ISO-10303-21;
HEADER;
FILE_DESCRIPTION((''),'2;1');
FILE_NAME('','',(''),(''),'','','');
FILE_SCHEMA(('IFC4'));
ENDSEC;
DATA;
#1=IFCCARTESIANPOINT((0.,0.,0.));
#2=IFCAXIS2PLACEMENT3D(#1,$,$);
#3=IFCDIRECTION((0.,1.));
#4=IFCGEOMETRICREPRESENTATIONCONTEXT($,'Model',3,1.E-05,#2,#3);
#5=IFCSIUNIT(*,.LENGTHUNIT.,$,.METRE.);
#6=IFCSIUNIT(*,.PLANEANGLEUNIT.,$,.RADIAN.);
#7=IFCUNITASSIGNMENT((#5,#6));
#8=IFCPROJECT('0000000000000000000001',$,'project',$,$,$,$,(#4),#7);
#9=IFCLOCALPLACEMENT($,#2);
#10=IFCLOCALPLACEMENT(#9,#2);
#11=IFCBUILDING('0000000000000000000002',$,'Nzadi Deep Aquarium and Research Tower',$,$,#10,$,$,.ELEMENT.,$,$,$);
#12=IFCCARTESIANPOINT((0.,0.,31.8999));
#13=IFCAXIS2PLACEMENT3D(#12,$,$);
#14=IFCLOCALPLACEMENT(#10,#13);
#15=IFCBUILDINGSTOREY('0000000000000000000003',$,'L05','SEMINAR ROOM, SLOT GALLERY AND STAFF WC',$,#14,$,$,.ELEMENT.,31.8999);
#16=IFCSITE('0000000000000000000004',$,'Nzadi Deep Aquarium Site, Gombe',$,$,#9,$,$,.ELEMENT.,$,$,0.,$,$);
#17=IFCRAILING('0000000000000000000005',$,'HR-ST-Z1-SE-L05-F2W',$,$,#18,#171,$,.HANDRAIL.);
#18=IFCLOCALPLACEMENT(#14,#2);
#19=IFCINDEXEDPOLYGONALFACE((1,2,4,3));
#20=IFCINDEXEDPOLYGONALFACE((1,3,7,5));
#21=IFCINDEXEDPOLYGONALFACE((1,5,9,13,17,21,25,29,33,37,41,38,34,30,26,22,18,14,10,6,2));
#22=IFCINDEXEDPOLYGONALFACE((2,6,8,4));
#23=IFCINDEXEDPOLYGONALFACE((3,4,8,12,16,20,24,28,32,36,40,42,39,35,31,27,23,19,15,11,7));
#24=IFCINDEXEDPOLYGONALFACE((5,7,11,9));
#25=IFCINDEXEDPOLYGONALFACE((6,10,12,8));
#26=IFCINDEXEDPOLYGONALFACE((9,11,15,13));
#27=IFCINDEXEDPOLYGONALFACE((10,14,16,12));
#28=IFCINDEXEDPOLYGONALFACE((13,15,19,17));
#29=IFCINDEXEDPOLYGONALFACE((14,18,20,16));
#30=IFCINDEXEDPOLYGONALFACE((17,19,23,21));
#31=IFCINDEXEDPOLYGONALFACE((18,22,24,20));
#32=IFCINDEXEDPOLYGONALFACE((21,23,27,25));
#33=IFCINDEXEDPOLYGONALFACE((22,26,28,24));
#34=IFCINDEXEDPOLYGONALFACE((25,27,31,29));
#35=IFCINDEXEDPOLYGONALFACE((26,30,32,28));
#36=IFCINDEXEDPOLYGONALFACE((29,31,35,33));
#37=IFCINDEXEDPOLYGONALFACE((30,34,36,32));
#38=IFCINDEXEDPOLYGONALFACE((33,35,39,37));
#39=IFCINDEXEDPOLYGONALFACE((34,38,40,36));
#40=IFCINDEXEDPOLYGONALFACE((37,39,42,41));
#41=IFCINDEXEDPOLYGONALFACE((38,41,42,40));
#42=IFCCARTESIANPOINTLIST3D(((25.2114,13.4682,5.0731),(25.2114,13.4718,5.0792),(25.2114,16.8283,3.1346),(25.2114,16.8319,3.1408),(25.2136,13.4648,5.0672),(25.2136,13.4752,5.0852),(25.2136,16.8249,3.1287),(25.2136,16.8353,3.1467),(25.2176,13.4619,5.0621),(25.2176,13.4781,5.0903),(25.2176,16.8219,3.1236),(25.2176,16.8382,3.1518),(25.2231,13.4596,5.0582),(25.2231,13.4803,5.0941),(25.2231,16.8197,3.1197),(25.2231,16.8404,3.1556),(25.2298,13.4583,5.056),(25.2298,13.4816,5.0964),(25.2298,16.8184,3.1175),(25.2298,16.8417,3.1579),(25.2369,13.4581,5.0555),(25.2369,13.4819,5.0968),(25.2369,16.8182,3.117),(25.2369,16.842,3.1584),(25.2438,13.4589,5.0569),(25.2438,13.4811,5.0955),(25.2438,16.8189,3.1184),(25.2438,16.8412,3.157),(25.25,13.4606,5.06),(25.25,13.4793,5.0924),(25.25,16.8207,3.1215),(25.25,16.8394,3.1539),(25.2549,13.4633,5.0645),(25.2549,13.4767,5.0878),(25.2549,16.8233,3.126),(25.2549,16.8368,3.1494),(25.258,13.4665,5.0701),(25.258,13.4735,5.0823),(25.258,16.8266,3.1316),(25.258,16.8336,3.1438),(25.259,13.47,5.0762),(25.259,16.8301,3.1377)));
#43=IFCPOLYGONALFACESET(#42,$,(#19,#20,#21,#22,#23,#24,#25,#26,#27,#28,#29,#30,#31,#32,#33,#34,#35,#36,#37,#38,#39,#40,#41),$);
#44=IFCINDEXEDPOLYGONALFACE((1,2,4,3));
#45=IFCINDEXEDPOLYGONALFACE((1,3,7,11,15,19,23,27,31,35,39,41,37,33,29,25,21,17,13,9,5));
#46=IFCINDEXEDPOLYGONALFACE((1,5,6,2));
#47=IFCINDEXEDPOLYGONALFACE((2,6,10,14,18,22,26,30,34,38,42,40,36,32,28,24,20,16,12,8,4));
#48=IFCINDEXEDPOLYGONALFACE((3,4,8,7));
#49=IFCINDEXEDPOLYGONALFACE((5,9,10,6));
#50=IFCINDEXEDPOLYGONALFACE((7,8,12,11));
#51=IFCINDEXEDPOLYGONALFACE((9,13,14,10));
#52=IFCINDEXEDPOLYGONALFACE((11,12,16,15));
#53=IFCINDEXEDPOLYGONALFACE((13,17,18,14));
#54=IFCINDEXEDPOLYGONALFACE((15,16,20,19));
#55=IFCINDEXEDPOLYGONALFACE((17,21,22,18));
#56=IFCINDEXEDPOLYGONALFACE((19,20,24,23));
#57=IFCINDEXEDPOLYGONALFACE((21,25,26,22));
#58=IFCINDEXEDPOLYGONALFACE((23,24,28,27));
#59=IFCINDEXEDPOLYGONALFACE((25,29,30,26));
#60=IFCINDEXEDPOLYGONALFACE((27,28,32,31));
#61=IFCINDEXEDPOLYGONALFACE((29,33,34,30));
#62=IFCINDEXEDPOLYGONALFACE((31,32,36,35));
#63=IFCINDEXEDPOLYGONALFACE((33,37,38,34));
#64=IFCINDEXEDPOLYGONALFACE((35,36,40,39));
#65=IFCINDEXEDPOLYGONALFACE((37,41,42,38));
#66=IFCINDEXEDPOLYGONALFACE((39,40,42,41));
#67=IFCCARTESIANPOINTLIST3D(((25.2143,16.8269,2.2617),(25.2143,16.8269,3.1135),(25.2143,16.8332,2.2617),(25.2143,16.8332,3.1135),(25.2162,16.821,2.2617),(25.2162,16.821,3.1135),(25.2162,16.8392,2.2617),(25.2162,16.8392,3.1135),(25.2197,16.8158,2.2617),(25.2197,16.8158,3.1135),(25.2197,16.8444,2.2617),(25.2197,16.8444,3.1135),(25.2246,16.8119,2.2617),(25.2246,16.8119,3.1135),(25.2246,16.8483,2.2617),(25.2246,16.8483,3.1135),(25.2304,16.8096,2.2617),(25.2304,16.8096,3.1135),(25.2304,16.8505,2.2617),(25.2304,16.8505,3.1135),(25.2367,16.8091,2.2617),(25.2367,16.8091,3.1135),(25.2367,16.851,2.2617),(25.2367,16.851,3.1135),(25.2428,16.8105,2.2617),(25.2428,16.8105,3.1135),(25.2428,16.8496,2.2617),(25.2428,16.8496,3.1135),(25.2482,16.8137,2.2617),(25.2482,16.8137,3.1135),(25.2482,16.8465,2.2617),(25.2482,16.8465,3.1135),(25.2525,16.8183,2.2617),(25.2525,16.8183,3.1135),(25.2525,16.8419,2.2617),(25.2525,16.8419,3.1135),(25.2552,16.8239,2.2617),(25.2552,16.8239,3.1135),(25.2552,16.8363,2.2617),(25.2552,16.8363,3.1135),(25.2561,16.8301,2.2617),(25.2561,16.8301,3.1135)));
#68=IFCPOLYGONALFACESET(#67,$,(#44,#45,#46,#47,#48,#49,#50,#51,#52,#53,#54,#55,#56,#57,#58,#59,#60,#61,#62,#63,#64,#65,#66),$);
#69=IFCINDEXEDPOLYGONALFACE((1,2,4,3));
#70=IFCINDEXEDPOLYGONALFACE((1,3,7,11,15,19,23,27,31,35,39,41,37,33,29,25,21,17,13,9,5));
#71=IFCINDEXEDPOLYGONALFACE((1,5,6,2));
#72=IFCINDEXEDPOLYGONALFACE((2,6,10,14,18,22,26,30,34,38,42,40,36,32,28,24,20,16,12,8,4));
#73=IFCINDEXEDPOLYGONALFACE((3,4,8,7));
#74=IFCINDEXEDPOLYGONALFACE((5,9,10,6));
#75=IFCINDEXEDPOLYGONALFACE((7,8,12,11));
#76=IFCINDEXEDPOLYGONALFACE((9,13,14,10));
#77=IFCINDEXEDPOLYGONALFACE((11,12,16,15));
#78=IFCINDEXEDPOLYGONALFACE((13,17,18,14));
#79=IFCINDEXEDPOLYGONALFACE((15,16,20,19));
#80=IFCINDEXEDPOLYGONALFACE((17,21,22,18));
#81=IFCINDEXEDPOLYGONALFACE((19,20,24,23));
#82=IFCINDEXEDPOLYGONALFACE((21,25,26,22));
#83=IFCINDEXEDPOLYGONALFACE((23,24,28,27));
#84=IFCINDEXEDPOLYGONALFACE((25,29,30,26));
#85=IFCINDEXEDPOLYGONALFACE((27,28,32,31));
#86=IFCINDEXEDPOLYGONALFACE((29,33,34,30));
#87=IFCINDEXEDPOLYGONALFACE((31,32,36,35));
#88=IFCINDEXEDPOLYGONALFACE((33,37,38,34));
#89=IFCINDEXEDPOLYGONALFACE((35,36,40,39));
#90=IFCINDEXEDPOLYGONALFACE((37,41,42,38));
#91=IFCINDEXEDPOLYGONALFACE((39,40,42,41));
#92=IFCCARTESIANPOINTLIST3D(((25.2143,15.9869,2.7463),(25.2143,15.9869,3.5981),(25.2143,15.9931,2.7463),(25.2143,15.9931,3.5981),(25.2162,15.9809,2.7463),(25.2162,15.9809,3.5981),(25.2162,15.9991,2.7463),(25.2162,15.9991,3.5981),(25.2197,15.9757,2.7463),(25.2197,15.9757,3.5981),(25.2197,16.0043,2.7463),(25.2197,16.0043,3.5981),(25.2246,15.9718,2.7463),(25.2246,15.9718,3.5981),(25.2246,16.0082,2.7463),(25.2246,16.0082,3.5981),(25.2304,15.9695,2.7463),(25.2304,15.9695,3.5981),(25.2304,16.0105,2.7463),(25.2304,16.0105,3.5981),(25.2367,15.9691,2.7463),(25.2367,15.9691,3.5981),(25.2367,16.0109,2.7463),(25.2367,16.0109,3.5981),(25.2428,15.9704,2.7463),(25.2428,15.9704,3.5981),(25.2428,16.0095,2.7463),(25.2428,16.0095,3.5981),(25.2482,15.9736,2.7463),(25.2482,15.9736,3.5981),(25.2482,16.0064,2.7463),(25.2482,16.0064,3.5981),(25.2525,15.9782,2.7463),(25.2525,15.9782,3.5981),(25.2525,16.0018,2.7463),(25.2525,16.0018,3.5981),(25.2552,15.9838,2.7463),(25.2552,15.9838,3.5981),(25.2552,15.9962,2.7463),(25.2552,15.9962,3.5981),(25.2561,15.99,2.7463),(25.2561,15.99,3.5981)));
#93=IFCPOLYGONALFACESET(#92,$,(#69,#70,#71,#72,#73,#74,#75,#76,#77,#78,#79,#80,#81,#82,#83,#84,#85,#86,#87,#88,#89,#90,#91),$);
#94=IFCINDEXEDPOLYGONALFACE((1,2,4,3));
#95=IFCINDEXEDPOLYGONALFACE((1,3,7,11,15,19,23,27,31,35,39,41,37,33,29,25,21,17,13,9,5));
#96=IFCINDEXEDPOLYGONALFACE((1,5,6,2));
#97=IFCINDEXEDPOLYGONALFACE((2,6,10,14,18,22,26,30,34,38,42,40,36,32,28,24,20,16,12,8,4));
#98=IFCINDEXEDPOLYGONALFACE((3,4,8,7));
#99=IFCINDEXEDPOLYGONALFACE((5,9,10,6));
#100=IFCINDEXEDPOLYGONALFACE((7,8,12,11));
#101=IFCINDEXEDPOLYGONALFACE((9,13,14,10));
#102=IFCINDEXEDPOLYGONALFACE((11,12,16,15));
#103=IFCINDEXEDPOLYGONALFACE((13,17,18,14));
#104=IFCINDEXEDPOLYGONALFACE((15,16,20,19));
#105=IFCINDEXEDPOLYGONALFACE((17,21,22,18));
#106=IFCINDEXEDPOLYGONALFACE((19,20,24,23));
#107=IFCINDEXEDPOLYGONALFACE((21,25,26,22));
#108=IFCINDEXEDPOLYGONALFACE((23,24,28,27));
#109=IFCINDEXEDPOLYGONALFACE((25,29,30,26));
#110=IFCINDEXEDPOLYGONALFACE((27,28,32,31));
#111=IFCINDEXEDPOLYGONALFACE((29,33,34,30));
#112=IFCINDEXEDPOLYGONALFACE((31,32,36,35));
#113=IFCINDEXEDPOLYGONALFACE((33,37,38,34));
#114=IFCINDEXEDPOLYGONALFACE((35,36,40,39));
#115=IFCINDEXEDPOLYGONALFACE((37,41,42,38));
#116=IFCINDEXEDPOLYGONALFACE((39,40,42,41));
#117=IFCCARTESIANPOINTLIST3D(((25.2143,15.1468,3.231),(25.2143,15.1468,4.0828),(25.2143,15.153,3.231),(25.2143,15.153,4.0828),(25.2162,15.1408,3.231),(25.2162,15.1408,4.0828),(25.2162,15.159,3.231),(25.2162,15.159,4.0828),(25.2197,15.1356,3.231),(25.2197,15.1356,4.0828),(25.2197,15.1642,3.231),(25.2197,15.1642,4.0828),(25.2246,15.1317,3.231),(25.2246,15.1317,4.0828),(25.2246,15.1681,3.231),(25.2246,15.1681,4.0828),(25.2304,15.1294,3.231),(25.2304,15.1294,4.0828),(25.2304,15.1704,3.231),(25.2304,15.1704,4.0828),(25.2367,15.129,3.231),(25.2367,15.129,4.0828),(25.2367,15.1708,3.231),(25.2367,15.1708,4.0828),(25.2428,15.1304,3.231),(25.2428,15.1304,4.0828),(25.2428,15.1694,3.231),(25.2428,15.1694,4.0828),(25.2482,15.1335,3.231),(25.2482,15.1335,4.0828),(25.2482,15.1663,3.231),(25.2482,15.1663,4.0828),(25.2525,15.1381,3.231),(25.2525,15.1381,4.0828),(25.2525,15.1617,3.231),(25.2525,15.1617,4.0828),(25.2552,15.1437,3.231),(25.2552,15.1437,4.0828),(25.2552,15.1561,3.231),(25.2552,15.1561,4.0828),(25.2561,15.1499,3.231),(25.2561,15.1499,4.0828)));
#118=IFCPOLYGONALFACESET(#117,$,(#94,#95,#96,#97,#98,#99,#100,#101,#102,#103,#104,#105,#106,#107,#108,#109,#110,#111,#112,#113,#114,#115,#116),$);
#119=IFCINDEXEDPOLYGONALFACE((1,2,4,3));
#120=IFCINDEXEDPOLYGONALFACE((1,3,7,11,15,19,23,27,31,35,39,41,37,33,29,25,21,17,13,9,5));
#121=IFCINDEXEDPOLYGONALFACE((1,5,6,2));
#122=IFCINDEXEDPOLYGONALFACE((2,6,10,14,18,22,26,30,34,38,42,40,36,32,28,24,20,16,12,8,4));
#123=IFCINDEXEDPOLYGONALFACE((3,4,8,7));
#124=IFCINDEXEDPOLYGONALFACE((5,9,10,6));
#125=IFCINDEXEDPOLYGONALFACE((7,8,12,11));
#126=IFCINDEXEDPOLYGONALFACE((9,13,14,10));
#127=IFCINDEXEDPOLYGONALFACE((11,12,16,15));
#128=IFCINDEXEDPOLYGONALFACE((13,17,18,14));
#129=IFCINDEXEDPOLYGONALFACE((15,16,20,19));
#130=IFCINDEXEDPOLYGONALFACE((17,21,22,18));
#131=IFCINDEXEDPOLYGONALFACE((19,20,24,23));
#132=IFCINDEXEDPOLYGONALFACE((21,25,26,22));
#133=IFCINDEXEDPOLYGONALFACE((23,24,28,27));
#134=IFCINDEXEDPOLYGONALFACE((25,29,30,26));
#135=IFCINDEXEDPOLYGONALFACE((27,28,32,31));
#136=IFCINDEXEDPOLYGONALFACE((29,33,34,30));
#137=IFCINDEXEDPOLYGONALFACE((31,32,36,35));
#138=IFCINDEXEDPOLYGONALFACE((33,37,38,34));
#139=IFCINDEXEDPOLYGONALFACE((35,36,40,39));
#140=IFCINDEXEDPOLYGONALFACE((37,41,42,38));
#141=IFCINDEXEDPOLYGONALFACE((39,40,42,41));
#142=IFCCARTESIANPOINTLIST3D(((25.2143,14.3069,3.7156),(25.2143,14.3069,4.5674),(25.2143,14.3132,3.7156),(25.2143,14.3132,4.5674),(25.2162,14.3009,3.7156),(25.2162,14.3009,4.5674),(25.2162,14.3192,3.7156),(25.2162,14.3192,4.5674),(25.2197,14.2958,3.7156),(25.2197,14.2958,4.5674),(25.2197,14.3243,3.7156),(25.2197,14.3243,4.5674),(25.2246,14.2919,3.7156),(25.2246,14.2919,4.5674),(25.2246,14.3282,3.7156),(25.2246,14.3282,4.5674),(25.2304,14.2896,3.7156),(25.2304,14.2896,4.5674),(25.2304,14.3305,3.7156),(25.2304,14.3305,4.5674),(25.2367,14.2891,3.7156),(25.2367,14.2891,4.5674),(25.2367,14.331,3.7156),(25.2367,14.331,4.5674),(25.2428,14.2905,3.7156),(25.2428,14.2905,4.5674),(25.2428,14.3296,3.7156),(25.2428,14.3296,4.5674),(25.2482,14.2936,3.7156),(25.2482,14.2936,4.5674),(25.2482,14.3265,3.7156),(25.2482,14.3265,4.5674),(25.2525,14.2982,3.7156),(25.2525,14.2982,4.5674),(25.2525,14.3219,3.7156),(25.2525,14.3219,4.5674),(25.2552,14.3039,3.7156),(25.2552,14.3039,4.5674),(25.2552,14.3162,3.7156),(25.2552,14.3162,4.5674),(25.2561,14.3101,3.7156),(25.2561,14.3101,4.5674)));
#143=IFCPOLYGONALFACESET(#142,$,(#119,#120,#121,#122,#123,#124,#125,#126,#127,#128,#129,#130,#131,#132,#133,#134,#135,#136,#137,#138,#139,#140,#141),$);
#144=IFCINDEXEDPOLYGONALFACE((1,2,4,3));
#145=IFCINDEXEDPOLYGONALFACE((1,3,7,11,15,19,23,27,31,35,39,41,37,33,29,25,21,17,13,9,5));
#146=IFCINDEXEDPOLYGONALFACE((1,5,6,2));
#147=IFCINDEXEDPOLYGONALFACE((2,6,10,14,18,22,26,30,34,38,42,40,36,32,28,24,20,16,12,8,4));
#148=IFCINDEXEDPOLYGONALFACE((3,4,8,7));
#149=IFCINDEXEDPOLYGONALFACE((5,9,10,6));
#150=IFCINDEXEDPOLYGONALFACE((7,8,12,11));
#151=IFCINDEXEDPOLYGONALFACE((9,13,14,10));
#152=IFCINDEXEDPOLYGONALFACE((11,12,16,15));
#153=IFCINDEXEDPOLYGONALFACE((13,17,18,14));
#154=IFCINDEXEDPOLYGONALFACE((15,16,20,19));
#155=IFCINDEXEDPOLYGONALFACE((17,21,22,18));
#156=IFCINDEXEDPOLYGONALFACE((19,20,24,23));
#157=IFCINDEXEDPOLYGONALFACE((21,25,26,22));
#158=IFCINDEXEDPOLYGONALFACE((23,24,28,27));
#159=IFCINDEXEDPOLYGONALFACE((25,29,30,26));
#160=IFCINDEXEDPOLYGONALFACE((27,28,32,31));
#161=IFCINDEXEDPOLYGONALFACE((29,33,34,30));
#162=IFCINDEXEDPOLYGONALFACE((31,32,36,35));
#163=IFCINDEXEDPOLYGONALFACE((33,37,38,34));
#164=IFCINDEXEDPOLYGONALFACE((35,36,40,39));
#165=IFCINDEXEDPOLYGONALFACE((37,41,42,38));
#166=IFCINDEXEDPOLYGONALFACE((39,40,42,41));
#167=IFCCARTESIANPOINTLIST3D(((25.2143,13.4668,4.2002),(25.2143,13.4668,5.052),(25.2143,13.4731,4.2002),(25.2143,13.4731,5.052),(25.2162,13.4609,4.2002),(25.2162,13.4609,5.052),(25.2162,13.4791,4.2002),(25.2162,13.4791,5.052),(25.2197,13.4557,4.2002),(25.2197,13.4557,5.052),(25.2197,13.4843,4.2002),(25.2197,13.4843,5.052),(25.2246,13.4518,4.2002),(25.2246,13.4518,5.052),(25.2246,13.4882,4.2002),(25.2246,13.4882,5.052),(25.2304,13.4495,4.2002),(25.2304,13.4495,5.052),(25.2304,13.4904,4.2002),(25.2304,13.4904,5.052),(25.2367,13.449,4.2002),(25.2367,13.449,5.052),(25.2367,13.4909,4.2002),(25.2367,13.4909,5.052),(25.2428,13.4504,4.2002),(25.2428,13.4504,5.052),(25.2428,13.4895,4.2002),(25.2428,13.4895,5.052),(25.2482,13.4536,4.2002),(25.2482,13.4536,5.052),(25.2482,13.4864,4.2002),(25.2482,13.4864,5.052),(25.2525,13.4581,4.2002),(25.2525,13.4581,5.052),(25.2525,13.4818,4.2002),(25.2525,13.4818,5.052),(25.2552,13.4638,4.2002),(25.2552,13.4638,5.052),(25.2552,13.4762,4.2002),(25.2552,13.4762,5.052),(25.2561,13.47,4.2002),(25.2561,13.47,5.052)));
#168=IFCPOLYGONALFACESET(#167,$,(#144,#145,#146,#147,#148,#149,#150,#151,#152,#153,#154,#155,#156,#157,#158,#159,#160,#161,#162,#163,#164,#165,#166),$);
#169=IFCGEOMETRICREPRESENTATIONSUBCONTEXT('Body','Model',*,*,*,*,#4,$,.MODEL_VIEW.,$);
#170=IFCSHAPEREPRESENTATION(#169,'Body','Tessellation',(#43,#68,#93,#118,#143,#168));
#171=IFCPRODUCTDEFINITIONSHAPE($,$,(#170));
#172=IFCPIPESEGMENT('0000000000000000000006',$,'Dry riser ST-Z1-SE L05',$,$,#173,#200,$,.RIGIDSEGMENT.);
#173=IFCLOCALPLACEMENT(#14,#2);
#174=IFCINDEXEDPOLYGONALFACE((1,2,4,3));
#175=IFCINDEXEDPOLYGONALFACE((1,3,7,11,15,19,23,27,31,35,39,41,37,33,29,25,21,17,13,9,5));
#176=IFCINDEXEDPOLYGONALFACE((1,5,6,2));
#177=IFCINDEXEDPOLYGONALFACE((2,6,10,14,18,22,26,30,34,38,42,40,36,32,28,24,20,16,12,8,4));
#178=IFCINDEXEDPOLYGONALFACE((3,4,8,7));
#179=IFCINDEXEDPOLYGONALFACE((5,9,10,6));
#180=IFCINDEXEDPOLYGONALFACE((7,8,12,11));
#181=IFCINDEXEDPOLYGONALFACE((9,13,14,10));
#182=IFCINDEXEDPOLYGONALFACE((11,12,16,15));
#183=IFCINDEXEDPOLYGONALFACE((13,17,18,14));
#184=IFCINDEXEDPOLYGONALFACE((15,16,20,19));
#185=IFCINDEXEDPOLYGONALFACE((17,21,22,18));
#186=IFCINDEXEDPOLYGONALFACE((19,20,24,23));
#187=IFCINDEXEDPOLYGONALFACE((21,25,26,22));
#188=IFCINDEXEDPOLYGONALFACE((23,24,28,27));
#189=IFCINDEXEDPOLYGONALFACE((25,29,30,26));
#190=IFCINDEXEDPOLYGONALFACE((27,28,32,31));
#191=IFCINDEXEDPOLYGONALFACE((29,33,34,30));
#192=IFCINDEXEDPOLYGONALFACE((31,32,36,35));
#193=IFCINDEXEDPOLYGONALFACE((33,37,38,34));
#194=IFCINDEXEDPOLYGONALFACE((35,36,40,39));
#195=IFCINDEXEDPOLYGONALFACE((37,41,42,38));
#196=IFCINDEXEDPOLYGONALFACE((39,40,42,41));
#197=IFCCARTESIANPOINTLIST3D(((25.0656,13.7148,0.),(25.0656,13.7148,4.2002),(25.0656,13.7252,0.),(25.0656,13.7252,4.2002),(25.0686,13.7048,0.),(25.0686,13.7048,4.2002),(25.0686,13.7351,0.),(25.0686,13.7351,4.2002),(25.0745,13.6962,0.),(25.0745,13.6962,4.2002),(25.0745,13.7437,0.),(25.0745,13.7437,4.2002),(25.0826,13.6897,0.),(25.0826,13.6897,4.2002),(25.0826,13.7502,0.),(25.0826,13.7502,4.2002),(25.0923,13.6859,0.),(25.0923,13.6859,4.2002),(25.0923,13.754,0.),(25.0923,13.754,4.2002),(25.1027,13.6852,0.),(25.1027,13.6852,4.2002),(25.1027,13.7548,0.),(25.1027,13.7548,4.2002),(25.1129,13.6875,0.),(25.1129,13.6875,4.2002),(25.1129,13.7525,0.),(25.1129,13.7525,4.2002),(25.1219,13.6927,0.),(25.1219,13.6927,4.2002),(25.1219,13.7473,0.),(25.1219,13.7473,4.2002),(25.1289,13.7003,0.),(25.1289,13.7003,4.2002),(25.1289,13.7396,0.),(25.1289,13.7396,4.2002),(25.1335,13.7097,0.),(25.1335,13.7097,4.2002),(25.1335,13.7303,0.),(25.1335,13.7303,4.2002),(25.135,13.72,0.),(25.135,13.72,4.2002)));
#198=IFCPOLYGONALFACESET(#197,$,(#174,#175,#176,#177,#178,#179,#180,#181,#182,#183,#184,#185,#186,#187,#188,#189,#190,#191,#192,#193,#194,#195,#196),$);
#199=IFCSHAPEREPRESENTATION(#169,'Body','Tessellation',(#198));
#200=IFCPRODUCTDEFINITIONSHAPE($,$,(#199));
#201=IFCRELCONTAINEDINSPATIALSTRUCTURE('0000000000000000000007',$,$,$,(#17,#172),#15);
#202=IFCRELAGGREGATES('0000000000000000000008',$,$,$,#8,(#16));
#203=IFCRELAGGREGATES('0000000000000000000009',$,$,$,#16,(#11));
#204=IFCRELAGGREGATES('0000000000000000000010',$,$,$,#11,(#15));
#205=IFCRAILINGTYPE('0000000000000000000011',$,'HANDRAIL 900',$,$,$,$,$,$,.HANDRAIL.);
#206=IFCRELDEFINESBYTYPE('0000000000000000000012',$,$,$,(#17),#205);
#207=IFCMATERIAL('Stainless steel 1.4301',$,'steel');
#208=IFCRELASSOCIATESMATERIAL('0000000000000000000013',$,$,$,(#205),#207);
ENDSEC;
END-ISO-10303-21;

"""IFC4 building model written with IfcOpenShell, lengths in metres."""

from ifc_helpers import new_model, si_unit, direction, frame, origin, origin_2d, place, context, subcontext, project, spatial, circle, extrude, material, type_object, element, save


model = new_model("IFC4")

# Units and contexts
model_context = context("Model", 3, precision=1e-05, world=origin(), true_north=direction((0.0, 1.0)))
body_context = subcontext(model_context, "Body", "Model", "MODEL_VIEW")
ifc_project = project(units=[si_unit("LENGTHUNIT", "METRE"), si_unit("PLANEANGLEUNIT", "RADIAN")], contexts=[model_context])

# Site, building, storey
site_placement = place(None, origin())
site = spatial("IfcSite", under=ifc_project, at=site_placement, Name="Nzadi Deep Aquarium Site, Gombe", CompositionType="ELEMENT", RefElevation=0.0)
building_placement = place(site_placement, origin())
building = spatial("IfcBuilding", under=site, at=building_placement, Name="Nzadi Deep Aquarium and Research Tower", CompositionType="ELEMENT")
storey_placement = place(building_placement, frame((0.0, 0.0, 31.8999)))
storey = spatial("IfcBuildingStorey", under=building, at=storey_placement, Name="L05", Description="SEMINAR ROOM, SLOT GALLERY AND STAFF WC", CompositionType="ELEMENT", Elevation=31.8999)

# Railing
ifc_material_1 = material(Name="Stainless steel 1.4301", Category="steel")
railing_type = type_object("IfcRailingType", Name="HANDRAIL 900", PredefinedType="HANDRAIL", material=ifc_material_1)
for number, where, name in (
    (1, (25.2351, 16.8301, 2.2617), "HR-ST-Z1-SE-L05-F2W"),
):
    element("IfcRailing", number, at=place(storey_placement, frame(where)), inside=storey, type_object=railing_type, Name=name, PredefinedType="HANDRAIL", context=body_context, shape_type="SweptSolid", body=[
        extrude(circle(Radius=0.0239, at=origin_2d()), frame((0.0, 0.0, 0.876), z_axis=(0.0, -0.866191, 0.499713), x_axis=(1.0, 0.0, 0.0)), (0.0, 0.0, 1.0), 3.8792),
        extrude(circle(Radius=0.021, at=origin_2d()), origin(), (0.0, 0.0, 1.0), 0.8518),
        extrude(circle(Radius=0.021, at=origin_2d()), frame((0.0, -0.8401, 0.4846)), (0.0, 0.0, 1.0), 0.8518),
        extrude(circle(Radius=0.021, at=origin_2d()), frame((0.0, -1.6802, 0.9692)), (0.0, 0.0, 1.0), 0.8518),
        extrude(circle(Radius=0.021, at=origin_2d()), frame((0.0, -2.52, 1.4539)), (0.0, 0.0, 1.0), 0.8518),
        extrude(circle(Radius=0.021, at=origin_2d()), frame((0.0, -3.3601, 1.9385)), (0.0, 0.0, 1.0), 0.8518),
    ])

# Pipe segment
pipe_segment_placement = place(storey_placement, frame((25.1001, 13.72, 0.0), z_axis=(0.0, 0.0, 1.0), x_axis=(1.0, 0.0, 0.0)))
element("IfcPipeSegment", 2, at=pipe_segment_placement, inside=storey, Name="Dry riser ST-Z1-SE L05", PredefinedType="RIGIDSEGMENT", context=body_context, shape_type="SweptSolid", body=[
    extrude(circle(Radius=0.0349, at=origin_2d()), origin(), (0.0, 0.0, 1.0), 4.2002),
])

save(model, "model.ifc")
